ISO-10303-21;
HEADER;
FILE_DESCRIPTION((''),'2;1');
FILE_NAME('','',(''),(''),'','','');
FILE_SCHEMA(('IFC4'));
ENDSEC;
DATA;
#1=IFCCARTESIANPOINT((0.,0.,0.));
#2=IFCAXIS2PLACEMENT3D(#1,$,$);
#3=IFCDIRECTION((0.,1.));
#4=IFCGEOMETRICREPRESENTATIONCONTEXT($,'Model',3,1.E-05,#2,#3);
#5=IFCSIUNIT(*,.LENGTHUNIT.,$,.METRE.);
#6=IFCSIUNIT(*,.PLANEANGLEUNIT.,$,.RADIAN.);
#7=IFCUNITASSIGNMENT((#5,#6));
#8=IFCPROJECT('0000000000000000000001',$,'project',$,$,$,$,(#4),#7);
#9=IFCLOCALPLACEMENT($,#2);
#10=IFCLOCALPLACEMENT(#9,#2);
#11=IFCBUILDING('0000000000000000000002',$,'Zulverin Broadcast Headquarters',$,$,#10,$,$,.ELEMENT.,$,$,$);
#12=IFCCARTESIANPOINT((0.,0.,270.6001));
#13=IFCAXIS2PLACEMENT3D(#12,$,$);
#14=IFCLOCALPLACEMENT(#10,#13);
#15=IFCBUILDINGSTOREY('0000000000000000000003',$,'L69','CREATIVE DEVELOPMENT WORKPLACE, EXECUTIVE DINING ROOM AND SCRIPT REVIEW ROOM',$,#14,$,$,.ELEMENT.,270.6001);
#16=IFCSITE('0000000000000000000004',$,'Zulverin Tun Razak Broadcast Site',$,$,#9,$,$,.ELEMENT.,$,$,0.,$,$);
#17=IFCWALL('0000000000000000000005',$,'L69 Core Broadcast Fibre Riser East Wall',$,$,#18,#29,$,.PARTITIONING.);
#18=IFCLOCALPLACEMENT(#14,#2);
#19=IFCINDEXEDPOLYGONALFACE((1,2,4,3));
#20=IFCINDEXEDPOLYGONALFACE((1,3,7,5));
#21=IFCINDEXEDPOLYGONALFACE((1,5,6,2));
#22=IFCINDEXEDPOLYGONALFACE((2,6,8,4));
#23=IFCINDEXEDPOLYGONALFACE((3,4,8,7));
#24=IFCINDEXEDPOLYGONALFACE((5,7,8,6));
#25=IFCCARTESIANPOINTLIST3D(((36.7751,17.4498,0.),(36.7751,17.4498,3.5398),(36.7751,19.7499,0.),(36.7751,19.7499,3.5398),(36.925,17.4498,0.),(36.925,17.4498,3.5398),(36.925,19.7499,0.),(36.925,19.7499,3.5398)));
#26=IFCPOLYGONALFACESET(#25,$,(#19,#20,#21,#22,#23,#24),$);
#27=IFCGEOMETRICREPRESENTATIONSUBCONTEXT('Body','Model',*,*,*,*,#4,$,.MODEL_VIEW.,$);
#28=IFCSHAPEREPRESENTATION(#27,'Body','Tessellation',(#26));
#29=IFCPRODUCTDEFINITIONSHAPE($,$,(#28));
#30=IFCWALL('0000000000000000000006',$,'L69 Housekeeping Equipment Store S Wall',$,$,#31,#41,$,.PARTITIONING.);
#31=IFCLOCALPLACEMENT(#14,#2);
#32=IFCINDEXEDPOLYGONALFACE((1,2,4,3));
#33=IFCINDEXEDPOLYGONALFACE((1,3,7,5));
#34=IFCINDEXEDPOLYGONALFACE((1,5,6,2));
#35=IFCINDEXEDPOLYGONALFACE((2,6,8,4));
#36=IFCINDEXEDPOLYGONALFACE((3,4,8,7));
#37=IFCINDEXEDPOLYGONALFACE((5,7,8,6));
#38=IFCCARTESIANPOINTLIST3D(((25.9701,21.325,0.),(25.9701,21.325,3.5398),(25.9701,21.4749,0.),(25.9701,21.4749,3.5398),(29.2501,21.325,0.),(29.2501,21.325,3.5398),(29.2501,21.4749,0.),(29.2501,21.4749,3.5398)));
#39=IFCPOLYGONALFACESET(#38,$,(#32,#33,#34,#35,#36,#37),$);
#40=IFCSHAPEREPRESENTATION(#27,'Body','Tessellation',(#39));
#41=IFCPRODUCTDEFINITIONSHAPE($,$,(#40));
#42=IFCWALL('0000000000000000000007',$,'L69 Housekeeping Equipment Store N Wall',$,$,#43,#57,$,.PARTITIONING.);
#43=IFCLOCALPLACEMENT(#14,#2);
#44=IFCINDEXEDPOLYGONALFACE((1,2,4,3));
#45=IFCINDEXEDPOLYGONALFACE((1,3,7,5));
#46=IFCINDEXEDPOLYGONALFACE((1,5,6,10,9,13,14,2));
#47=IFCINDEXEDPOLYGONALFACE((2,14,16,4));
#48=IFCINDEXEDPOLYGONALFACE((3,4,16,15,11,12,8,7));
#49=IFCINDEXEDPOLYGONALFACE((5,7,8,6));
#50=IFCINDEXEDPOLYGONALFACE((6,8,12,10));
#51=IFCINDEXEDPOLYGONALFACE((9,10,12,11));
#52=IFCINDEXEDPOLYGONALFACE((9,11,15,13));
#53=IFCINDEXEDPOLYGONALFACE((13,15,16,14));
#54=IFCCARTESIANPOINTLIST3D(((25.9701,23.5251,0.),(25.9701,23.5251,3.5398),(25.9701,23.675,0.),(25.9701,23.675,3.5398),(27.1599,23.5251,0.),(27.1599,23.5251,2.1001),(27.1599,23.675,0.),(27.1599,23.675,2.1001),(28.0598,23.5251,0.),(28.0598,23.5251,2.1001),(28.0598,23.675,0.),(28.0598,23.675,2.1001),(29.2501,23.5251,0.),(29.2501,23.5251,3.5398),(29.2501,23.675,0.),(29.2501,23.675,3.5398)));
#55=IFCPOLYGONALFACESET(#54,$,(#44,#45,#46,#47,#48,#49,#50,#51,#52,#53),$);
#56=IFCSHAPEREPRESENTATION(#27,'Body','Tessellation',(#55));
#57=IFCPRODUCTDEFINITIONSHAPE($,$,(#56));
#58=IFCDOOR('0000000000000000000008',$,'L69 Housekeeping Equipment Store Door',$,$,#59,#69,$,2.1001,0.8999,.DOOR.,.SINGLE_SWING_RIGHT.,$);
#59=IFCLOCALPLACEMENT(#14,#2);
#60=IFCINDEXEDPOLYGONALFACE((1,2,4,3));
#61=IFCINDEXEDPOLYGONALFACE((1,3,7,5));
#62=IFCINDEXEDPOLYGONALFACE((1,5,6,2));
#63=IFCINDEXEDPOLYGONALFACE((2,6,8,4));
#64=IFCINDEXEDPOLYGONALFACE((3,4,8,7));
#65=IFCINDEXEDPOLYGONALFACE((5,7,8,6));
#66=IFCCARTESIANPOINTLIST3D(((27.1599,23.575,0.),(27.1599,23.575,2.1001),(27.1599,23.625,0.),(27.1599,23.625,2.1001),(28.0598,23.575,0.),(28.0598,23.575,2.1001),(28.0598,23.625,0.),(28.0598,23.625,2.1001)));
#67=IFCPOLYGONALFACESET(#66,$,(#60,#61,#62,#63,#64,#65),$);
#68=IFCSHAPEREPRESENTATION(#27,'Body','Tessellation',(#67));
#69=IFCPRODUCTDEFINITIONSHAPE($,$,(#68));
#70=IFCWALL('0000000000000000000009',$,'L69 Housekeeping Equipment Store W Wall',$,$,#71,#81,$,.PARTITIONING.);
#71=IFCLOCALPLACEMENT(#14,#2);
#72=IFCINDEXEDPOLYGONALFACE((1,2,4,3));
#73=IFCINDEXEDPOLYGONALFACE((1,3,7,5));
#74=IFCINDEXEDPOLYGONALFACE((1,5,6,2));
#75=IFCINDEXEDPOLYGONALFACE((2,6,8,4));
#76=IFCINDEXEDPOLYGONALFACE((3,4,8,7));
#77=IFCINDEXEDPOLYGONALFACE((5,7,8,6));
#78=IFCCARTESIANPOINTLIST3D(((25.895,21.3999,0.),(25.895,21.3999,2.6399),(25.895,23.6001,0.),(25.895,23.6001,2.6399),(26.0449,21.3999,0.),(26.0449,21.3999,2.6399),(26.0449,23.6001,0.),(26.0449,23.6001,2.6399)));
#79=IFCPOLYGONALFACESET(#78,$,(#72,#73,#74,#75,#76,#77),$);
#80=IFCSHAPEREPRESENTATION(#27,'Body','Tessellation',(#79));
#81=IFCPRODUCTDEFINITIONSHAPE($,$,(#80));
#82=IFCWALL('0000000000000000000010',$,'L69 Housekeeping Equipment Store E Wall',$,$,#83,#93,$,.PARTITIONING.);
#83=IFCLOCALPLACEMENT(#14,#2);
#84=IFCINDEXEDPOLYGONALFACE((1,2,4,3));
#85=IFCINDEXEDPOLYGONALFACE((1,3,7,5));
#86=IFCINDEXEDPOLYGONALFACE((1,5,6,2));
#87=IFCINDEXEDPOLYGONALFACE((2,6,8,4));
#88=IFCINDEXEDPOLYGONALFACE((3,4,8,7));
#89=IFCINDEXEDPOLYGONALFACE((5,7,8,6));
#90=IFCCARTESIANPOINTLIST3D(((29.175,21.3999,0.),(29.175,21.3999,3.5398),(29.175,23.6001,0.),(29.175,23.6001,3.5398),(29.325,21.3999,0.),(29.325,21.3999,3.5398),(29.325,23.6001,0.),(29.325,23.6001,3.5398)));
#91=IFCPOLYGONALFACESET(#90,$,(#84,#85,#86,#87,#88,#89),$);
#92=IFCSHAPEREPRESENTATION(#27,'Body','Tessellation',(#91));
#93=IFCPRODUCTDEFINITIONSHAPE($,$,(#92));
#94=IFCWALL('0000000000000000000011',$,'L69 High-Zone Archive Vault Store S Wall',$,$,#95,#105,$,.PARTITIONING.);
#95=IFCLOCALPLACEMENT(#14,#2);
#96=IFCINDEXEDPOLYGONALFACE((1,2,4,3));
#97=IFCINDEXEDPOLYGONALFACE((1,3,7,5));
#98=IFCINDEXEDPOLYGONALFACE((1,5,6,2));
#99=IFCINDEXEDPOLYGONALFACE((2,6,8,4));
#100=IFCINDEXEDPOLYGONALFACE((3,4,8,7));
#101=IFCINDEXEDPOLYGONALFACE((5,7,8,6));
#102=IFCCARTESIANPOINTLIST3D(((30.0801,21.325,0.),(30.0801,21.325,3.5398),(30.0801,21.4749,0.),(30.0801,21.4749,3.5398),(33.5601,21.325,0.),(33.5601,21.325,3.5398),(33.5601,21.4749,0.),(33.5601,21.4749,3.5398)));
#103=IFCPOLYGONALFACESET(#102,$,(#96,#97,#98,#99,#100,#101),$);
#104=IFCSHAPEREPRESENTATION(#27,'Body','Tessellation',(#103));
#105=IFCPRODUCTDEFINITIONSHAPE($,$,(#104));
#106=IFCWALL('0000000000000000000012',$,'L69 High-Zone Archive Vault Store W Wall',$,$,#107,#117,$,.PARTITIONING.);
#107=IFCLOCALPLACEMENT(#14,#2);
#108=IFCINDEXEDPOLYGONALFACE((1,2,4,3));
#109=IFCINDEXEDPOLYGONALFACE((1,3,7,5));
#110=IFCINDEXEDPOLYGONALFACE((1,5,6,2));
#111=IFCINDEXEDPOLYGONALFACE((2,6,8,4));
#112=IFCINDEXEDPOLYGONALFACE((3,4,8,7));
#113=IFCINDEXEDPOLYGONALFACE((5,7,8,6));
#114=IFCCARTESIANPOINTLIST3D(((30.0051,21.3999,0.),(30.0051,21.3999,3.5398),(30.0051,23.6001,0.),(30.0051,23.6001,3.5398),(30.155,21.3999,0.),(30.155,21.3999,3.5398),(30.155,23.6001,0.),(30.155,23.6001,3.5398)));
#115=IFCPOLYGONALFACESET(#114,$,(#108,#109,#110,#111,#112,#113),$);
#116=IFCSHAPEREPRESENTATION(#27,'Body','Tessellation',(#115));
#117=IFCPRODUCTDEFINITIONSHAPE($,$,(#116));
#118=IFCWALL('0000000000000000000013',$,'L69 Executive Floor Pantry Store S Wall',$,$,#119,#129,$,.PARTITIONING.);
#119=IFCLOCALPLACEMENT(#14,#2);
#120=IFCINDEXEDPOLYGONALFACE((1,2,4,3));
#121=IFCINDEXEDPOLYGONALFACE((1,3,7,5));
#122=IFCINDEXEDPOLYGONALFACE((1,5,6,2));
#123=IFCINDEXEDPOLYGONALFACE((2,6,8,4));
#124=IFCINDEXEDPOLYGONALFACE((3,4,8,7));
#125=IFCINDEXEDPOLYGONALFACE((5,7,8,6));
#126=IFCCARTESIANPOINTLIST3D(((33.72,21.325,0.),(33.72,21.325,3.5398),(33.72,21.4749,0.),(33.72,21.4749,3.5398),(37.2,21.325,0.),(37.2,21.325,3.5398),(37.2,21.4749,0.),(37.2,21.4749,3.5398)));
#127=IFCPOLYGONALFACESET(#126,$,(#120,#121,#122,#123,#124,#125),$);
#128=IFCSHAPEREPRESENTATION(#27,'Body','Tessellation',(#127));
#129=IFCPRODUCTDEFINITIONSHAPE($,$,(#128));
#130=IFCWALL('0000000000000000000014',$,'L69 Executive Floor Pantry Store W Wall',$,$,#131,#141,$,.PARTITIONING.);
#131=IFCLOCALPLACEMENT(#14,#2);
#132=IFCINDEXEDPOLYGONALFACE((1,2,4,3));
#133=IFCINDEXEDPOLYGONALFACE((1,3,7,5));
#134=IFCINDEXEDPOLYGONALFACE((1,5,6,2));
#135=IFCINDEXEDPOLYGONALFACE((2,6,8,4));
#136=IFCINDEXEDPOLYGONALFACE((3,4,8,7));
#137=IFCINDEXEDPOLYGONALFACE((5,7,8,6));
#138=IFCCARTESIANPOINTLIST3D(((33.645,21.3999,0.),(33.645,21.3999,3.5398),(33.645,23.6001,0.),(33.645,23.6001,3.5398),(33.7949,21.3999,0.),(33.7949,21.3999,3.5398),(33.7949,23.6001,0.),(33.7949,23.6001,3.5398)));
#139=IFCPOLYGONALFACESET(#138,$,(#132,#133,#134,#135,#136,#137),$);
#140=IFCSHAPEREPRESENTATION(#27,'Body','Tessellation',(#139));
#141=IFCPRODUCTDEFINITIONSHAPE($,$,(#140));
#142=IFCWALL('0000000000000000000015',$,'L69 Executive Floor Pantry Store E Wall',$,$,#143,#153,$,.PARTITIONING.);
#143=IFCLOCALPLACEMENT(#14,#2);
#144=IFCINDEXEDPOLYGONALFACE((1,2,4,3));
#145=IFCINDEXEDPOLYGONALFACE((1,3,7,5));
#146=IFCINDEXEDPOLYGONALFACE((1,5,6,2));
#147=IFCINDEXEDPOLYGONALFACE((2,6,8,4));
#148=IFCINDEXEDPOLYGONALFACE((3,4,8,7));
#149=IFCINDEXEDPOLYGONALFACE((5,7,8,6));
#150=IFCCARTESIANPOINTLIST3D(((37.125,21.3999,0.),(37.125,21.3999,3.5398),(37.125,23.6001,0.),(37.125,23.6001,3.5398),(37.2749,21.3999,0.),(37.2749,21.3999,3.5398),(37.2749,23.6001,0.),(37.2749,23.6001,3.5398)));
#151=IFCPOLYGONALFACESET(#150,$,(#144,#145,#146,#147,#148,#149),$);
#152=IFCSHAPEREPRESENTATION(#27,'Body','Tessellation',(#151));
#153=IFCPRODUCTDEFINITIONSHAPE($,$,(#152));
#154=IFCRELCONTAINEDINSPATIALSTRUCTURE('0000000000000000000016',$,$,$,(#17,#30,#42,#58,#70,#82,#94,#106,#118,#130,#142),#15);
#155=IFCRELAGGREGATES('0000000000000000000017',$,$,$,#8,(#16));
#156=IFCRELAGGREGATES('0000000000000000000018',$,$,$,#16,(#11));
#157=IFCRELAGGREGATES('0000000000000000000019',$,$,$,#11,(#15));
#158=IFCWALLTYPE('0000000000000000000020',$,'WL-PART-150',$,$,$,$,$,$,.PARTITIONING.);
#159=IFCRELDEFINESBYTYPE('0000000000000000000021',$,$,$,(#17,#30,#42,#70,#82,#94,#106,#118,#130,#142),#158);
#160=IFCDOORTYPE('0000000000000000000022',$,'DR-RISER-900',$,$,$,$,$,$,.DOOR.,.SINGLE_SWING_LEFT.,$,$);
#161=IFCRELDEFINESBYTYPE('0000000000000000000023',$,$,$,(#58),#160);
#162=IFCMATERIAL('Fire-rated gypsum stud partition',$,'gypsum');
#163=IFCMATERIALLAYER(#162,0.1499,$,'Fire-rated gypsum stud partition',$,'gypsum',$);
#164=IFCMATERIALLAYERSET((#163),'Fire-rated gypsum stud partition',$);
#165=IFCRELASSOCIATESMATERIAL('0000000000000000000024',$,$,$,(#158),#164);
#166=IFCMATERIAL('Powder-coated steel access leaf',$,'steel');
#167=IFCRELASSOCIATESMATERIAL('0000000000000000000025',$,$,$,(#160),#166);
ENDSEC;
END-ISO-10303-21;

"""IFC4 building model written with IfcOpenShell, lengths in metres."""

from ifc_helpers import new_model, si_unit, direction, frame, frame_2d, origin, place, context, subcontext, project, spatial, rectangle, extrude, material, layer, layer_set, type_object, element, fill, save


model = new_model("IFC4")

# Units and contexts
model_context = context("Model", 3, precision=1e-05, world=origin(), true_north=direction((0.0, 1.0)))
body_context = subcontext(model_context, "Body", "Model", "MODEL_VIEW")
ifc_project = project(units=[si_unit("LENGTHUNIT", "METRE"), si_unit("PLANEANGLEUNIT", "RADIAN")], contexts=[model_context])

# Site, building, storey
site_placement = place(None, origin())
site = spatial("IfcSite", under=ifc_project, at=site_placement, Name="Zulverin Tun Razak Broadcast Site", CompositionType="ELEMENT", RefElevation=0.0)
building_placement = place(site_placement, origin())
building = spatial("IfcBuilding", under=site, at=building_placement, Name="Zulverin Broadcast Headquarters", CompositionType="ELEMENT")
storey_placement = place(building_placement, frame((0.0, 0.0, 270.6001)))
storey = spatial("IfcBuildingStorey", under=building, at=storey_placement, Name="L69", Description="CREATIVE DEVELOPMENT WORKPLACE, EXECUTIVE DINING ROOM AND SCRIPT REVIEW ROOM", CompositionType="ELEMENT", Elevation=270.6001)

# Shared definitions
ifc_material_1 = material(Name="Fire-rated gypsum stud partition", Category="gypsum")
ifc_layer = layer(ifc_material_1, 0.1499, Name="Fire-rated gypsum stud partition", Category="gypsum")
ifc_layer_set = layer_set([ifc_layer], Name="Fire-rated gypsum stud partition")
wall_type = type_object("IfcWallType", Name="WL-PART-150", PredefinedType="PARTITIONING", material=ifc_layer_set)

# Shared definitions
ifc_material_2 = material(Name="Powder-coated steel access leaf", Category="steel")
door_type_1 = type_object("IfcDoorType", Name="DR-RISER-900", OperationType="SINGLE_SWING_LEFT", PredefinedType="DOOR", material=ifc_material_2)

# Walls
for number, where, z_axis, x_axis, name in (
    (1, (36.8501, 17.45, 0.0), (0.0, 0.0, 1.0), (0.0, 1.0, 0.0), "L69 Core Broadcast Fibre Riser East Wall"),
):
    element("IfcWall", number, at=place(storey_placement, frame(where, z_axis=z_axis, x_axis=x_axis)), inside=storey, type_object=wall_type, Name=name, PredefinedType="PARTITIONING", context=body_context, shape_type="SweptSolid", body=[
        extrude(rectangle(XDim=2.3, YDim=0.1499, at=frame_2d((1.1499, 0.0))), origin(), (0.0, 0.0, 1.0), 3.5398),
    ])
wall_1_placement = place(storey_placement, frame((25.97, 21.3999, 0.0), z_axis=(0.0, 0.0, 1.0), x_axis=(1.0, 0.0, 0.0)))
element("IfcWall", 2, at=wall_1_placement, inside=storey, type_object=wall_type, Name="L69 Housekeeping Equipment Store S Wall", PredefinedType="PARTITIONING", context=body_context, shape_type="SweptSolid", body=[
    extrude(rectangle(XDim=3.28, YDim=0.1499, at=frame_2d((1.6401, 0.0))), origin(), (0.0, 0.0, 1.0), 3.5398),
])

# Wall, opening, door
wall_2_placement = place(storey_placement, frame((25.97, 23.6001, 0.0), z_axis=(0.0, 0.0, 1.0), x_axis=(1.0, 0.0, 0.0)))
wall_2 = element("IfcWall", 3, at=wall_2_placement, inside=storey, type_object=wall_type, Name="L69 Housekeeping Equipment Store N Wall", PredefinedType="PARTITIONING", context=body_context, shape_type="SweptSolid", body=[
    extrude(rectangle(XDim=3.28, YDim=0.1499, at=frame_2d((1.6401, 0.0))), origin(), (0.0, 0.0, 1.0), 3.5398),
])
opening_1_placement = place(wall_2_placement, frame((1.1899, 0.0, 0.0)))
opening_1 = element("IfcOpeningElement", 4, at=opening_1_placement, cuts=wall_2, PredefinedType="OPENING", context=body_context, shape_type="SweptSolid", body=[
    extrude(rectangle(XDim=0.8999, YDim=2.1001, at=frame_2d((0.45, 1.05))), frame((0.0, 0.085, 0.0), z_axis=(0.0, -1.0, 0.0), x_axis=(1.0, 0.0, 0.0)), (0.0, 0.0, 1.0), 0.1699),
])
door_1_placement = place(opening_1_placement, origin())
door_1 = element("IfcDoor", 5, at=door_1_placement, inside=storey, type_object=door_type_1, Name="L69 Housekeeping Equipment Store Door", OperationType="SINGLE_SWING_RIGHT", OverallHeight=2.1001, OverallWidth=0.8999, PredefinedType="DOOR", context=body_context, shape_type="SweptSolid", body=[
    extrude(rectangle(XDim=0.8999, YDim=2.1001, at=frame_2d((0.45, 1.05))), frame((0.0, 0.0249, 0.0), z_axis=(0.0, -1.0, 0.0), x_axis=(1.0, 0.0, 0.0)), (0.0, 0.0, 1.0), 0.05),
])
fill(opening_1, door_1)

# Walls
wall_3_placement = place(storey_placement, frame((25.97, 21.3999, 0.0), z_axis=(0.0, 0.0, 1.0), x_axis=(0.0, 1.0, 0.0)))
element("IfcWall", 6, at=wall_3_placement, inside=storey, type_object=wall_type, Name="L69 Housekeeping Equipment Store W Wall", PredefinedType="PARTITIONING", context=body_context, shape_type="SweptSolid", body=[
    extrude(rectangle(XDim=2.2002, YDim=0.1499, at=frame_2d((1.1001, 0.0))), origin(), (0.0, 0.0, 1.0), 2.6399),
])
wall_4_placement = place(storey_placement, frame((29.25, 21.3999, 0.0), z_axis=(0.0, 0.0, 1.0), x_axis=(0.0, 1.0, 0.0)))
element("IfcWall", 7, at=wall_4_placement, inside=storey, type_object=wall_type, Name="L69 Housekeeping Equipment Store E Wall", PredefinedType="PARTITIONING", context=body_context, shape_type="SweptSolid", body=[
    extrude(rectangle(XDim=2.2002, YDim=0.1499, at=frame_2d((1.1001, 0.0))), origin(), (0.0, 0.0, 1.0), 3.5398),
])
wall_5_placement = place(storey_placement, frame((30.0801, 21.3999, 0.0), z_axis=(0.0, 0.0, 1.0), x_axis=(1.0, 0.0, 0.0)))
element("IfcWall", 8, at=wall_5_placement, inside=storey, type_object=wall_type, Name="L69 High-Zone Archive Vault Store S Wall", PredefinedType="PARTITIONING", context=body_context, shape_type="SweptSolid", body=[
    extrude(rectangle(XDim=3.48, YDim=0.1499, at=frame_2d((1.74, 0.0))), origin(), (0.0, 0.0, 1.0), 3.5398),
])
wall_6_placement = place(storey_placement, frame((30.0801, 21.3999, 0.0), z_axis=(0.0, 0.0, 1.0), x_axis=(0.0, 1.0, 0.0)))
element("IfcWall", 9, at=wall_6_placement, inside=storey, type_object=wall_type, Name="L69 High-Zone Archive Vault Store W Wall", PredefinedType="PARTITIONING", context=body_context, shape_type="SweptSolid", body=[
    extrude(rectangle(XDim=2.2002, YDim=0.1499, at=frame_2d((1.1001, 0.0))), origin(), (0.0, 0.0, 1.0), 3.5398),
])
wall_7_placement = place(storey_placement, frame((33.72, 21.3999, 0.0), z_axis=(0.0, 0.0, 1.0), x_axis=(1.0, 0.0, 0.0)))
element("IfcWall", 10, at=wall_7_placement, inside=storey, type_object=wall_type, Name="L69 Executive Floor Pantry Store S Wall", PredefinedType="PARTITIONING", context=body_context, shape_type="SweptSolid", body=[
    extrude(rectangle(XDim=3.48, YDim=0.1499, at=frame_2d((1.74, 0.0))), origin(), (0.0, 0.0, 1.0), 3.5398),
])
for number, where, z_axis, x_axis, name in (
    (11, (33.72, 21.3999, 0.0), (0.0, 0.0, 1.0), (0.0, 1.0, 0.0), "L69 Executive Floor Pantry Store W Wall"),
    (12, (37.2, 21.3999, 0.0), (0.0, 0.0, 1.0), (0.0, 1.0, 0.0), "L69 Executive Floor Pantry Store E Wall"),
):
    element("IfcWall", number, at=place(storey_placement, frame(where, z_axis=z_axis, x_axis=x_axis)), inside=storey, type_object=wall_type, Name=name, PredefinedType="PARTITIONING", context=body_context, shape_type="SweptSolid", body=[
        extrude(rectangle(XDim=2.2002, YDim=0.1499, at=frame_2d((1.1001, 0.0))), origin(), (0.0, 0.0, 1.0), 3.5398),
    ])

save(model, "model.ifc")
